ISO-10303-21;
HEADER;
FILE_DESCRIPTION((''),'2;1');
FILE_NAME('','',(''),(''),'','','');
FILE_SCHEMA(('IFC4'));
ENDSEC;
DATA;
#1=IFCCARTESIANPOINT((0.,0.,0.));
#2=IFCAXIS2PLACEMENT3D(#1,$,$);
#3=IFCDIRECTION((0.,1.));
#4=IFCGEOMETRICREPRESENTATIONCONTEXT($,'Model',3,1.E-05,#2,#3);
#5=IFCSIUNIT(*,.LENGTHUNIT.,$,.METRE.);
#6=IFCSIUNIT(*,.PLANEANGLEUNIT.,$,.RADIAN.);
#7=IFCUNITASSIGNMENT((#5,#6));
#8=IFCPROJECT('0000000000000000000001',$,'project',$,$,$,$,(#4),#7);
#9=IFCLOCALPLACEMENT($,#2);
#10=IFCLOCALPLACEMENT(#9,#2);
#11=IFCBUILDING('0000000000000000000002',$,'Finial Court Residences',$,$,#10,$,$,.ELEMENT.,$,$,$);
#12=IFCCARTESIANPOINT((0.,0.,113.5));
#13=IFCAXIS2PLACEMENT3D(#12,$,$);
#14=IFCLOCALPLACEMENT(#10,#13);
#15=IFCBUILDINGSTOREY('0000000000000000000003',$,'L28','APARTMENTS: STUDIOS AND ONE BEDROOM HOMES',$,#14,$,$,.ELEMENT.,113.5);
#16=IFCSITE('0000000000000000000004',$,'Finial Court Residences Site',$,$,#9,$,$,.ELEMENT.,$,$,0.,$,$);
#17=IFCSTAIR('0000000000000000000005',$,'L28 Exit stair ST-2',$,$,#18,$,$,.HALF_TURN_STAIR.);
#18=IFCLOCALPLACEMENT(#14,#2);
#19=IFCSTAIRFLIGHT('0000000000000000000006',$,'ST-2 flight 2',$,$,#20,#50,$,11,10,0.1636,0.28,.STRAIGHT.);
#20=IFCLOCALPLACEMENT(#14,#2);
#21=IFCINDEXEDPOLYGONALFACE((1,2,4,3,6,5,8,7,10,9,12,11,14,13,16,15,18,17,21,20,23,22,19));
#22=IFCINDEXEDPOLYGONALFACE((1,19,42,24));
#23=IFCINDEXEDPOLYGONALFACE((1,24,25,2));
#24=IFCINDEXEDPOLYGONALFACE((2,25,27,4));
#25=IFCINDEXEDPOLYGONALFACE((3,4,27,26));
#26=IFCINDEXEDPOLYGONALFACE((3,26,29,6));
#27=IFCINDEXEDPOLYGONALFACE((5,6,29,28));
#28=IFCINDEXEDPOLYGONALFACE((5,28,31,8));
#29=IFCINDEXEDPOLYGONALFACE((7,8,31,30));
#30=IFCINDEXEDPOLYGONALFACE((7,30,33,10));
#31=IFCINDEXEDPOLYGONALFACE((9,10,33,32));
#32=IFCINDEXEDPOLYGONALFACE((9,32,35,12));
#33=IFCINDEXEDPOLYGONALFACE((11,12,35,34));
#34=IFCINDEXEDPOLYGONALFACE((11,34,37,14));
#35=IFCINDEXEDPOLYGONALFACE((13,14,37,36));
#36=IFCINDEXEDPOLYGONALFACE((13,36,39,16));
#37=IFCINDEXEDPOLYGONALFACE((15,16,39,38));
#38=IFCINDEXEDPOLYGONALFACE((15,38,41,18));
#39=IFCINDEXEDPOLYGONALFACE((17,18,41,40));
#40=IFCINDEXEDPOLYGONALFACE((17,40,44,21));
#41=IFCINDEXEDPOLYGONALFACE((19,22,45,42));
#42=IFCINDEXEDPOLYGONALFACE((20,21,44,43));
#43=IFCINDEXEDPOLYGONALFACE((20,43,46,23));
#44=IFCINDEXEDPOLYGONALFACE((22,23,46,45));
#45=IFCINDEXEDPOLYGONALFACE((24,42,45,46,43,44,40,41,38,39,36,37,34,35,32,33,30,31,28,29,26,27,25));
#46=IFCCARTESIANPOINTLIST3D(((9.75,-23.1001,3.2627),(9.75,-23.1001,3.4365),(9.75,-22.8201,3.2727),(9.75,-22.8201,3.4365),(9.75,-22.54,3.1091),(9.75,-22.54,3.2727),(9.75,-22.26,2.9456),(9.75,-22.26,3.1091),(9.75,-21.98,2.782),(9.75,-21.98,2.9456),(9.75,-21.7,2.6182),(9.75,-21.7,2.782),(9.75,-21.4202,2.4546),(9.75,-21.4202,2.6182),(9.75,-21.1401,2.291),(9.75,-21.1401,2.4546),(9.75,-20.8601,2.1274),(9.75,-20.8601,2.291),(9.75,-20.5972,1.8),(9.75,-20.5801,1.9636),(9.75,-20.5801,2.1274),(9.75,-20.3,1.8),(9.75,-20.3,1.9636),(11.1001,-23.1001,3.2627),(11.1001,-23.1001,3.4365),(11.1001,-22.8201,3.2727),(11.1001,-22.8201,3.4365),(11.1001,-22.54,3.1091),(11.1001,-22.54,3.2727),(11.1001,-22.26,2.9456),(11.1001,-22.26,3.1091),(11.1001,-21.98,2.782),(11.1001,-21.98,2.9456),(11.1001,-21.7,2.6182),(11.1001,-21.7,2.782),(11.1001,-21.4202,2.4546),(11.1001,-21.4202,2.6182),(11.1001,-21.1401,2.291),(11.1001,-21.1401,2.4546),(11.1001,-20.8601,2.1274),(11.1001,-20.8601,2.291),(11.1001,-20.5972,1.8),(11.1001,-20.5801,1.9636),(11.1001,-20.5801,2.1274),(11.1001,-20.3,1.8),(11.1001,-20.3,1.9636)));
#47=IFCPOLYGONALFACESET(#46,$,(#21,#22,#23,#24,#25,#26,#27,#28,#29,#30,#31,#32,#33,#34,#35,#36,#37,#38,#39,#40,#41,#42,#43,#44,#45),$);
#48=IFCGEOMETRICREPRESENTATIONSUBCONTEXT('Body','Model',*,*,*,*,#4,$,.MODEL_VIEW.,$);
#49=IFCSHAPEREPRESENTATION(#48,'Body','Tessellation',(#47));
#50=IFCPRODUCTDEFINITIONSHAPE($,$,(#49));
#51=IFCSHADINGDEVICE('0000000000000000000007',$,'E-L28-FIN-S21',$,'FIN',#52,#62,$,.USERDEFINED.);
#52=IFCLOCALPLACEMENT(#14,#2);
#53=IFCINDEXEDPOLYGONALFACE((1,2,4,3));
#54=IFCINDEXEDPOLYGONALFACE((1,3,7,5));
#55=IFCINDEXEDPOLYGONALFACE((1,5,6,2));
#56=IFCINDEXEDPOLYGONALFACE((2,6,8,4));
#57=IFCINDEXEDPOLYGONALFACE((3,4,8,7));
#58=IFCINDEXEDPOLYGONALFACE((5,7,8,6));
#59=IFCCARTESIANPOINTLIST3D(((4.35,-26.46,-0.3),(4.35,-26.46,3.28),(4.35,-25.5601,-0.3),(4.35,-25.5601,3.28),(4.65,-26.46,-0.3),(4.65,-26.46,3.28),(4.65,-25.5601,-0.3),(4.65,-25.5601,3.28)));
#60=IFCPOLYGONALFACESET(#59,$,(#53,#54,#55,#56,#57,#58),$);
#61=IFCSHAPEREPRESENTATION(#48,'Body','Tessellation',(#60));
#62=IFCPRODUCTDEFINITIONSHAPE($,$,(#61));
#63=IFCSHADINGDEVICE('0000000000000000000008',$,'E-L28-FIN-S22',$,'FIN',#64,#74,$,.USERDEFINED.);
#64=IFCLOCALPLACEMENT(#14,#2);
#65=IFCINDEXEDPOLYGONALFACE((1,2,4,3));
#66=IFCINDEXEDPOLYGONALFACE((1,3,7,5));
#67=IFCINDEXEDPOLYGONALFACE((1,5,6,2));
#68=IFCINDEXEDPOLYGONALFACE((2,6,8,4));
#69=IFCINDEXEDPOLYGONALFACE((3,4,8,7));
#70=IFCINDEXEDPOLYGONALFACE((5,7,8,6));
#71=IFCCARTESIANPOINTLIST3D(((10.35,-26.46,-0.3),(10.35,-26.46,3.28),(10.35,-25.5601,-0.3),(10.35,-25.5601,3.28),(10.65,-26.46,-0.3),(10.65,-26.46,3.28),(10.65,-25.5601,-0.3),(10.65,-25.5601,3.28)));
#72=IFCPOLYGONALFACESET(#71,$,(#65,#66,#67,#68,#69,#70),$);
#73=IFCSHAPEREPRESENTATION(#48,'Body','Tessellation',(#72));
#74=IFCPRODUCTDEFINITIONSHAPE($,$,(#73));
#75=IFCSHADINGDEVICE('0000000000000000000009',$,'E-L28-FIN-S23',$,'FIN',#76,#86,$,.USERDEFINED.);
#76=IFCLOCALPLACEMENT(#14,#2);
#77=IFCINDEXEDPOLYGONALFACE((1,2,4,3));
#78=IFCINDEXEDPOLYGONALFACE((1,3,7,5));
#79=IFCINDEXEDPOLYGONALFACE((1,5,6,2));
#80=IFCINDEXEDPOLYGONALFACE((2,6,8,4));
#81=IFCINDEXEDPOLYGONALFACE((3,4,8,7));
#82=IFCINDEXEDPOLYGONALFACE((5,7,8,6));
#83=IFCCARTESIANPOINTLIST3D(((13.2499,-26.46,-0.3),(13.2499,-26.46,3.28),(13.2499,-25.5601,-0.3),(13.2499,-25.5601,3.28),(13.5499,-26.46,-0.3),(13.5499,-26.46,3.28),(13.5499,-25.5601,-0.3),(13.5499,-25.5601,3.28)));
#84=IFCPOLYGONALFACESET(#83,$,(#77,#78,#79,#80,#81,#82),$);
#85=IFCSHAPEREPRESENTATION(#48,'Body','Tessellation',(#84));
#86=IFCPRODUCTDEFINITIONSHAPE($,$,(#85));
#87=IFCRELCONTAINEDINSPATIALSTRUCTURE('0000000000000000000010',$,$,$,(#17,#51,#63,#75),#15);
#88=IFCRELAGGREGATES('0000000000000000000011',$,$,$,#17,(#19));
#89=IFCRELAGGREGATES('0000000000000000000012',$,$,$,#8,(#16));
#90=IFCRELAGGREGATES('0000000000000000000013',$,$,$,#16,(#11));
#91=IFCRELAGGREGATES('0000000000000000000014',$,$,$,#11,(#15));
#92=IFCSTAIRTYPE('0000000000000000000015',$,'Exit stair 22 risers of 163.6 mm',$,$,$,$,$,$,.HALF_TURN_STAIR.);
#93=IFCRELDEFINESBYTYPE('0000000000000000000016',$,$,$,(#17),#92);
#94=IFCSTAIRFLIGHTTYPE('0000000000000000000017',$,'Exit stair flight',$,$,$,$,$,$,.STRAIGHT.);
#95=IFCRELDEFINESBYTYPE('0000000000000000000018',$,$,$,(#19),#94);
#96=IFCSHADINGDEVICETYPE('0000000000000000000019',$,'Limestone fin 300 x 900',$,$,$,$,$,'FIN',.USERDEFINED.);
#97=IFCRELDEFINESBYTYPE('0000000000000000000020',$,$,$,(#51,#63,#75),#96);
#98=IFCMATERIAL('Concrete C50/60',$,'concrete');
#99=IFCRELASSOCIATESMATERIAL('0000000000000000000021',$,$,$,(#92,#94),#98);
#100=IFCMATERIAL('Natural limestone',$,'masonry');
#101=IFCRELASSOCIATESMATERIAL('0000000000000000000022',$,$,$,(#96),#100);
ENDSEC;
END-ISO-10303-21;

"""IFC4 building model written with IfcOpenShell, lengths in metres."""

from ifc_helpers import new_model, si_unit, direction, frame, origin, origin_2d, place, context, subcontext, project, spatial, polyline, rectangle, outline, extrude, material, type_object, element, aggregate, save


model = new_model("IFC4")

# Units and contexts
model_context = context("Model", 3, precision=1e-05, world=origin(), true_north=direction((0.0, 1.0)))
body_context = subcontext(model_context, "Body", "Model", "MODEL_VIEW")
ifc_project = project(units=[si_unit("LENGTHUNIT", "METRE"), si_unit("PLANEANGLEUNIT", "RADIAN")], contexts=[model_context])

# Site, building, storey
site_placement = place(None, origin())
site = spatial("IfcSite", under=ifc_project, at=site_placement, Name="Finial Court Residences Site", CompositionType="ELEMENT", RefElevation=0.0)
building_placement = place(site_placement, origin())
building = spatial("IfcBuilding", under=site, at=building_placement, Name="Finial Court Residences", CompositionType="ELEMENT")
storey_placement = place(building_placement, frame((0.0, 0.0, 113.5)))
storey = spatial("IfcBuildingStorey", under=building, at=storey_placement, Name="L28", Description="APARTMENTS: STUDIOS AND ONE BEDROOM HOMES", CompositionType="ELEMENT", Elevation=113.5)

# Stair, stair flight
ifc_material_1 = material(Name="Concrete C50/60", Category="concrete")
stair_type = type_object("IfcStairType", Name="Exit stair 22 risers of 163.6 mm", PredefinedType="HALF_TURN_STAIR", material=ifc_material_1)
stair_placement = place(storey_placement, origin())
stair = element("IfcStair", 1, at=stair_placement, inside=storey, type_object=stair_type, Name="L28 Exit stair ST-2", PredefinedType="HALF_TURN_STAIR")
stair_flight_type = type_object("IfcStairFlightType", Name="Exit stair flight", PredefinedType="STRAIGHT", material=ifc_material_1)
stair_flight_1_placement = place(storey_placement, frame((10.425, -20.3, 1.8), z_axis=(0.0, 0.0, 1.0), x_axis=(0.0, -1.0, 0.0)))
stair_flight_1 = element("IfcStairFlight", 2, at=stair_flight_1_placement, type_object=stair_flight_type, Name="ST-2 flight 2", NumberOfRisers=11, NumberOfTreads=10, PredefinedType="STRAIGHT", RiserHeight=0.1636, TreadLength=0.28, context=body_context, shape_type="SweptSolid", body=[
    extrude(outline(polyline([(0.0, 0.0), (0.0, 0.1636), (0.28, 0.1636), (0.28, 0.3274), (0.5601, 0.3274), (0.5601, 0.491), (0.8401, 0.491), (0.8401, 0.6545), (1.1201, 0.6545), (1.1201, 0.8181), (1.3999, 0.8181), (1.3999, 0.9819), (1.6799, 0.9819), (1.6799, 1.1455), (1.96, 1.1455), (1.96, 1.3091), (2.24, 1.3091), (2.24, 1.4727), (2.52, 1.4727), (2.52, 1.6365), (2.8, 1.6365), (2.8, 1.8), (2.8, 1.4626), (0.2971, 0.0), (0.0, 0.0)])), frame((0.0, 0.675, 0.0), z_axis=(0.0, -1.0, 0.0), x_axis=(1.0, 0.0, 0.0)), (0.0, 0.0, 1.0), 1.3501),
])
aggregate(stair, [stair_flight_1])

# Shading devices
ifc_material_2 = material(Name="Natural limestone", Category="masonry")
shading_device_type = type_object("IfcShadingDeviceType", Name="Limestone fin 300 x 900", ElementType="FIN", PredefinedType="USERDEFINED", material=ifc_material_2)
for number, where, z_axis, x_axis, name in (
    (3, (4.5, -26.01, -0.3), (0.0, 0.0, 1.0), (1.0, 0.0, 0.0), "E-L28-FIN-S21"),
    (4, (10.5, -26.01, -0.3), (0.0, 0.0, 1.0), (1.0, 0.0, 0.0), "E-L28-FIN-S22"),
    (5, (13.3999, -26.01, -0.3), (0.0, 0.0, 1.0), (1.0, 0.0, 0.0), "E-L28-FIN-S23"),
):
    element("IfcShadingDevice", number, at=place(storey_placement, frame(where, z_axis=z_axis, x_axis=x_axis)), inside=storey, type_object=shading_device_type, Name=name, ObjectType="FIN", PredefinedType="USERDEFINED", context=body_context, shape_type="SweptSolid", body=[
        extrude(rectangle(XDim=0.3, YDim=0.8999, at=origin_2d()), origin(), (0.0, 0.0, 1.0), 3.5801),
    ])

save(model, "model.ifc")
